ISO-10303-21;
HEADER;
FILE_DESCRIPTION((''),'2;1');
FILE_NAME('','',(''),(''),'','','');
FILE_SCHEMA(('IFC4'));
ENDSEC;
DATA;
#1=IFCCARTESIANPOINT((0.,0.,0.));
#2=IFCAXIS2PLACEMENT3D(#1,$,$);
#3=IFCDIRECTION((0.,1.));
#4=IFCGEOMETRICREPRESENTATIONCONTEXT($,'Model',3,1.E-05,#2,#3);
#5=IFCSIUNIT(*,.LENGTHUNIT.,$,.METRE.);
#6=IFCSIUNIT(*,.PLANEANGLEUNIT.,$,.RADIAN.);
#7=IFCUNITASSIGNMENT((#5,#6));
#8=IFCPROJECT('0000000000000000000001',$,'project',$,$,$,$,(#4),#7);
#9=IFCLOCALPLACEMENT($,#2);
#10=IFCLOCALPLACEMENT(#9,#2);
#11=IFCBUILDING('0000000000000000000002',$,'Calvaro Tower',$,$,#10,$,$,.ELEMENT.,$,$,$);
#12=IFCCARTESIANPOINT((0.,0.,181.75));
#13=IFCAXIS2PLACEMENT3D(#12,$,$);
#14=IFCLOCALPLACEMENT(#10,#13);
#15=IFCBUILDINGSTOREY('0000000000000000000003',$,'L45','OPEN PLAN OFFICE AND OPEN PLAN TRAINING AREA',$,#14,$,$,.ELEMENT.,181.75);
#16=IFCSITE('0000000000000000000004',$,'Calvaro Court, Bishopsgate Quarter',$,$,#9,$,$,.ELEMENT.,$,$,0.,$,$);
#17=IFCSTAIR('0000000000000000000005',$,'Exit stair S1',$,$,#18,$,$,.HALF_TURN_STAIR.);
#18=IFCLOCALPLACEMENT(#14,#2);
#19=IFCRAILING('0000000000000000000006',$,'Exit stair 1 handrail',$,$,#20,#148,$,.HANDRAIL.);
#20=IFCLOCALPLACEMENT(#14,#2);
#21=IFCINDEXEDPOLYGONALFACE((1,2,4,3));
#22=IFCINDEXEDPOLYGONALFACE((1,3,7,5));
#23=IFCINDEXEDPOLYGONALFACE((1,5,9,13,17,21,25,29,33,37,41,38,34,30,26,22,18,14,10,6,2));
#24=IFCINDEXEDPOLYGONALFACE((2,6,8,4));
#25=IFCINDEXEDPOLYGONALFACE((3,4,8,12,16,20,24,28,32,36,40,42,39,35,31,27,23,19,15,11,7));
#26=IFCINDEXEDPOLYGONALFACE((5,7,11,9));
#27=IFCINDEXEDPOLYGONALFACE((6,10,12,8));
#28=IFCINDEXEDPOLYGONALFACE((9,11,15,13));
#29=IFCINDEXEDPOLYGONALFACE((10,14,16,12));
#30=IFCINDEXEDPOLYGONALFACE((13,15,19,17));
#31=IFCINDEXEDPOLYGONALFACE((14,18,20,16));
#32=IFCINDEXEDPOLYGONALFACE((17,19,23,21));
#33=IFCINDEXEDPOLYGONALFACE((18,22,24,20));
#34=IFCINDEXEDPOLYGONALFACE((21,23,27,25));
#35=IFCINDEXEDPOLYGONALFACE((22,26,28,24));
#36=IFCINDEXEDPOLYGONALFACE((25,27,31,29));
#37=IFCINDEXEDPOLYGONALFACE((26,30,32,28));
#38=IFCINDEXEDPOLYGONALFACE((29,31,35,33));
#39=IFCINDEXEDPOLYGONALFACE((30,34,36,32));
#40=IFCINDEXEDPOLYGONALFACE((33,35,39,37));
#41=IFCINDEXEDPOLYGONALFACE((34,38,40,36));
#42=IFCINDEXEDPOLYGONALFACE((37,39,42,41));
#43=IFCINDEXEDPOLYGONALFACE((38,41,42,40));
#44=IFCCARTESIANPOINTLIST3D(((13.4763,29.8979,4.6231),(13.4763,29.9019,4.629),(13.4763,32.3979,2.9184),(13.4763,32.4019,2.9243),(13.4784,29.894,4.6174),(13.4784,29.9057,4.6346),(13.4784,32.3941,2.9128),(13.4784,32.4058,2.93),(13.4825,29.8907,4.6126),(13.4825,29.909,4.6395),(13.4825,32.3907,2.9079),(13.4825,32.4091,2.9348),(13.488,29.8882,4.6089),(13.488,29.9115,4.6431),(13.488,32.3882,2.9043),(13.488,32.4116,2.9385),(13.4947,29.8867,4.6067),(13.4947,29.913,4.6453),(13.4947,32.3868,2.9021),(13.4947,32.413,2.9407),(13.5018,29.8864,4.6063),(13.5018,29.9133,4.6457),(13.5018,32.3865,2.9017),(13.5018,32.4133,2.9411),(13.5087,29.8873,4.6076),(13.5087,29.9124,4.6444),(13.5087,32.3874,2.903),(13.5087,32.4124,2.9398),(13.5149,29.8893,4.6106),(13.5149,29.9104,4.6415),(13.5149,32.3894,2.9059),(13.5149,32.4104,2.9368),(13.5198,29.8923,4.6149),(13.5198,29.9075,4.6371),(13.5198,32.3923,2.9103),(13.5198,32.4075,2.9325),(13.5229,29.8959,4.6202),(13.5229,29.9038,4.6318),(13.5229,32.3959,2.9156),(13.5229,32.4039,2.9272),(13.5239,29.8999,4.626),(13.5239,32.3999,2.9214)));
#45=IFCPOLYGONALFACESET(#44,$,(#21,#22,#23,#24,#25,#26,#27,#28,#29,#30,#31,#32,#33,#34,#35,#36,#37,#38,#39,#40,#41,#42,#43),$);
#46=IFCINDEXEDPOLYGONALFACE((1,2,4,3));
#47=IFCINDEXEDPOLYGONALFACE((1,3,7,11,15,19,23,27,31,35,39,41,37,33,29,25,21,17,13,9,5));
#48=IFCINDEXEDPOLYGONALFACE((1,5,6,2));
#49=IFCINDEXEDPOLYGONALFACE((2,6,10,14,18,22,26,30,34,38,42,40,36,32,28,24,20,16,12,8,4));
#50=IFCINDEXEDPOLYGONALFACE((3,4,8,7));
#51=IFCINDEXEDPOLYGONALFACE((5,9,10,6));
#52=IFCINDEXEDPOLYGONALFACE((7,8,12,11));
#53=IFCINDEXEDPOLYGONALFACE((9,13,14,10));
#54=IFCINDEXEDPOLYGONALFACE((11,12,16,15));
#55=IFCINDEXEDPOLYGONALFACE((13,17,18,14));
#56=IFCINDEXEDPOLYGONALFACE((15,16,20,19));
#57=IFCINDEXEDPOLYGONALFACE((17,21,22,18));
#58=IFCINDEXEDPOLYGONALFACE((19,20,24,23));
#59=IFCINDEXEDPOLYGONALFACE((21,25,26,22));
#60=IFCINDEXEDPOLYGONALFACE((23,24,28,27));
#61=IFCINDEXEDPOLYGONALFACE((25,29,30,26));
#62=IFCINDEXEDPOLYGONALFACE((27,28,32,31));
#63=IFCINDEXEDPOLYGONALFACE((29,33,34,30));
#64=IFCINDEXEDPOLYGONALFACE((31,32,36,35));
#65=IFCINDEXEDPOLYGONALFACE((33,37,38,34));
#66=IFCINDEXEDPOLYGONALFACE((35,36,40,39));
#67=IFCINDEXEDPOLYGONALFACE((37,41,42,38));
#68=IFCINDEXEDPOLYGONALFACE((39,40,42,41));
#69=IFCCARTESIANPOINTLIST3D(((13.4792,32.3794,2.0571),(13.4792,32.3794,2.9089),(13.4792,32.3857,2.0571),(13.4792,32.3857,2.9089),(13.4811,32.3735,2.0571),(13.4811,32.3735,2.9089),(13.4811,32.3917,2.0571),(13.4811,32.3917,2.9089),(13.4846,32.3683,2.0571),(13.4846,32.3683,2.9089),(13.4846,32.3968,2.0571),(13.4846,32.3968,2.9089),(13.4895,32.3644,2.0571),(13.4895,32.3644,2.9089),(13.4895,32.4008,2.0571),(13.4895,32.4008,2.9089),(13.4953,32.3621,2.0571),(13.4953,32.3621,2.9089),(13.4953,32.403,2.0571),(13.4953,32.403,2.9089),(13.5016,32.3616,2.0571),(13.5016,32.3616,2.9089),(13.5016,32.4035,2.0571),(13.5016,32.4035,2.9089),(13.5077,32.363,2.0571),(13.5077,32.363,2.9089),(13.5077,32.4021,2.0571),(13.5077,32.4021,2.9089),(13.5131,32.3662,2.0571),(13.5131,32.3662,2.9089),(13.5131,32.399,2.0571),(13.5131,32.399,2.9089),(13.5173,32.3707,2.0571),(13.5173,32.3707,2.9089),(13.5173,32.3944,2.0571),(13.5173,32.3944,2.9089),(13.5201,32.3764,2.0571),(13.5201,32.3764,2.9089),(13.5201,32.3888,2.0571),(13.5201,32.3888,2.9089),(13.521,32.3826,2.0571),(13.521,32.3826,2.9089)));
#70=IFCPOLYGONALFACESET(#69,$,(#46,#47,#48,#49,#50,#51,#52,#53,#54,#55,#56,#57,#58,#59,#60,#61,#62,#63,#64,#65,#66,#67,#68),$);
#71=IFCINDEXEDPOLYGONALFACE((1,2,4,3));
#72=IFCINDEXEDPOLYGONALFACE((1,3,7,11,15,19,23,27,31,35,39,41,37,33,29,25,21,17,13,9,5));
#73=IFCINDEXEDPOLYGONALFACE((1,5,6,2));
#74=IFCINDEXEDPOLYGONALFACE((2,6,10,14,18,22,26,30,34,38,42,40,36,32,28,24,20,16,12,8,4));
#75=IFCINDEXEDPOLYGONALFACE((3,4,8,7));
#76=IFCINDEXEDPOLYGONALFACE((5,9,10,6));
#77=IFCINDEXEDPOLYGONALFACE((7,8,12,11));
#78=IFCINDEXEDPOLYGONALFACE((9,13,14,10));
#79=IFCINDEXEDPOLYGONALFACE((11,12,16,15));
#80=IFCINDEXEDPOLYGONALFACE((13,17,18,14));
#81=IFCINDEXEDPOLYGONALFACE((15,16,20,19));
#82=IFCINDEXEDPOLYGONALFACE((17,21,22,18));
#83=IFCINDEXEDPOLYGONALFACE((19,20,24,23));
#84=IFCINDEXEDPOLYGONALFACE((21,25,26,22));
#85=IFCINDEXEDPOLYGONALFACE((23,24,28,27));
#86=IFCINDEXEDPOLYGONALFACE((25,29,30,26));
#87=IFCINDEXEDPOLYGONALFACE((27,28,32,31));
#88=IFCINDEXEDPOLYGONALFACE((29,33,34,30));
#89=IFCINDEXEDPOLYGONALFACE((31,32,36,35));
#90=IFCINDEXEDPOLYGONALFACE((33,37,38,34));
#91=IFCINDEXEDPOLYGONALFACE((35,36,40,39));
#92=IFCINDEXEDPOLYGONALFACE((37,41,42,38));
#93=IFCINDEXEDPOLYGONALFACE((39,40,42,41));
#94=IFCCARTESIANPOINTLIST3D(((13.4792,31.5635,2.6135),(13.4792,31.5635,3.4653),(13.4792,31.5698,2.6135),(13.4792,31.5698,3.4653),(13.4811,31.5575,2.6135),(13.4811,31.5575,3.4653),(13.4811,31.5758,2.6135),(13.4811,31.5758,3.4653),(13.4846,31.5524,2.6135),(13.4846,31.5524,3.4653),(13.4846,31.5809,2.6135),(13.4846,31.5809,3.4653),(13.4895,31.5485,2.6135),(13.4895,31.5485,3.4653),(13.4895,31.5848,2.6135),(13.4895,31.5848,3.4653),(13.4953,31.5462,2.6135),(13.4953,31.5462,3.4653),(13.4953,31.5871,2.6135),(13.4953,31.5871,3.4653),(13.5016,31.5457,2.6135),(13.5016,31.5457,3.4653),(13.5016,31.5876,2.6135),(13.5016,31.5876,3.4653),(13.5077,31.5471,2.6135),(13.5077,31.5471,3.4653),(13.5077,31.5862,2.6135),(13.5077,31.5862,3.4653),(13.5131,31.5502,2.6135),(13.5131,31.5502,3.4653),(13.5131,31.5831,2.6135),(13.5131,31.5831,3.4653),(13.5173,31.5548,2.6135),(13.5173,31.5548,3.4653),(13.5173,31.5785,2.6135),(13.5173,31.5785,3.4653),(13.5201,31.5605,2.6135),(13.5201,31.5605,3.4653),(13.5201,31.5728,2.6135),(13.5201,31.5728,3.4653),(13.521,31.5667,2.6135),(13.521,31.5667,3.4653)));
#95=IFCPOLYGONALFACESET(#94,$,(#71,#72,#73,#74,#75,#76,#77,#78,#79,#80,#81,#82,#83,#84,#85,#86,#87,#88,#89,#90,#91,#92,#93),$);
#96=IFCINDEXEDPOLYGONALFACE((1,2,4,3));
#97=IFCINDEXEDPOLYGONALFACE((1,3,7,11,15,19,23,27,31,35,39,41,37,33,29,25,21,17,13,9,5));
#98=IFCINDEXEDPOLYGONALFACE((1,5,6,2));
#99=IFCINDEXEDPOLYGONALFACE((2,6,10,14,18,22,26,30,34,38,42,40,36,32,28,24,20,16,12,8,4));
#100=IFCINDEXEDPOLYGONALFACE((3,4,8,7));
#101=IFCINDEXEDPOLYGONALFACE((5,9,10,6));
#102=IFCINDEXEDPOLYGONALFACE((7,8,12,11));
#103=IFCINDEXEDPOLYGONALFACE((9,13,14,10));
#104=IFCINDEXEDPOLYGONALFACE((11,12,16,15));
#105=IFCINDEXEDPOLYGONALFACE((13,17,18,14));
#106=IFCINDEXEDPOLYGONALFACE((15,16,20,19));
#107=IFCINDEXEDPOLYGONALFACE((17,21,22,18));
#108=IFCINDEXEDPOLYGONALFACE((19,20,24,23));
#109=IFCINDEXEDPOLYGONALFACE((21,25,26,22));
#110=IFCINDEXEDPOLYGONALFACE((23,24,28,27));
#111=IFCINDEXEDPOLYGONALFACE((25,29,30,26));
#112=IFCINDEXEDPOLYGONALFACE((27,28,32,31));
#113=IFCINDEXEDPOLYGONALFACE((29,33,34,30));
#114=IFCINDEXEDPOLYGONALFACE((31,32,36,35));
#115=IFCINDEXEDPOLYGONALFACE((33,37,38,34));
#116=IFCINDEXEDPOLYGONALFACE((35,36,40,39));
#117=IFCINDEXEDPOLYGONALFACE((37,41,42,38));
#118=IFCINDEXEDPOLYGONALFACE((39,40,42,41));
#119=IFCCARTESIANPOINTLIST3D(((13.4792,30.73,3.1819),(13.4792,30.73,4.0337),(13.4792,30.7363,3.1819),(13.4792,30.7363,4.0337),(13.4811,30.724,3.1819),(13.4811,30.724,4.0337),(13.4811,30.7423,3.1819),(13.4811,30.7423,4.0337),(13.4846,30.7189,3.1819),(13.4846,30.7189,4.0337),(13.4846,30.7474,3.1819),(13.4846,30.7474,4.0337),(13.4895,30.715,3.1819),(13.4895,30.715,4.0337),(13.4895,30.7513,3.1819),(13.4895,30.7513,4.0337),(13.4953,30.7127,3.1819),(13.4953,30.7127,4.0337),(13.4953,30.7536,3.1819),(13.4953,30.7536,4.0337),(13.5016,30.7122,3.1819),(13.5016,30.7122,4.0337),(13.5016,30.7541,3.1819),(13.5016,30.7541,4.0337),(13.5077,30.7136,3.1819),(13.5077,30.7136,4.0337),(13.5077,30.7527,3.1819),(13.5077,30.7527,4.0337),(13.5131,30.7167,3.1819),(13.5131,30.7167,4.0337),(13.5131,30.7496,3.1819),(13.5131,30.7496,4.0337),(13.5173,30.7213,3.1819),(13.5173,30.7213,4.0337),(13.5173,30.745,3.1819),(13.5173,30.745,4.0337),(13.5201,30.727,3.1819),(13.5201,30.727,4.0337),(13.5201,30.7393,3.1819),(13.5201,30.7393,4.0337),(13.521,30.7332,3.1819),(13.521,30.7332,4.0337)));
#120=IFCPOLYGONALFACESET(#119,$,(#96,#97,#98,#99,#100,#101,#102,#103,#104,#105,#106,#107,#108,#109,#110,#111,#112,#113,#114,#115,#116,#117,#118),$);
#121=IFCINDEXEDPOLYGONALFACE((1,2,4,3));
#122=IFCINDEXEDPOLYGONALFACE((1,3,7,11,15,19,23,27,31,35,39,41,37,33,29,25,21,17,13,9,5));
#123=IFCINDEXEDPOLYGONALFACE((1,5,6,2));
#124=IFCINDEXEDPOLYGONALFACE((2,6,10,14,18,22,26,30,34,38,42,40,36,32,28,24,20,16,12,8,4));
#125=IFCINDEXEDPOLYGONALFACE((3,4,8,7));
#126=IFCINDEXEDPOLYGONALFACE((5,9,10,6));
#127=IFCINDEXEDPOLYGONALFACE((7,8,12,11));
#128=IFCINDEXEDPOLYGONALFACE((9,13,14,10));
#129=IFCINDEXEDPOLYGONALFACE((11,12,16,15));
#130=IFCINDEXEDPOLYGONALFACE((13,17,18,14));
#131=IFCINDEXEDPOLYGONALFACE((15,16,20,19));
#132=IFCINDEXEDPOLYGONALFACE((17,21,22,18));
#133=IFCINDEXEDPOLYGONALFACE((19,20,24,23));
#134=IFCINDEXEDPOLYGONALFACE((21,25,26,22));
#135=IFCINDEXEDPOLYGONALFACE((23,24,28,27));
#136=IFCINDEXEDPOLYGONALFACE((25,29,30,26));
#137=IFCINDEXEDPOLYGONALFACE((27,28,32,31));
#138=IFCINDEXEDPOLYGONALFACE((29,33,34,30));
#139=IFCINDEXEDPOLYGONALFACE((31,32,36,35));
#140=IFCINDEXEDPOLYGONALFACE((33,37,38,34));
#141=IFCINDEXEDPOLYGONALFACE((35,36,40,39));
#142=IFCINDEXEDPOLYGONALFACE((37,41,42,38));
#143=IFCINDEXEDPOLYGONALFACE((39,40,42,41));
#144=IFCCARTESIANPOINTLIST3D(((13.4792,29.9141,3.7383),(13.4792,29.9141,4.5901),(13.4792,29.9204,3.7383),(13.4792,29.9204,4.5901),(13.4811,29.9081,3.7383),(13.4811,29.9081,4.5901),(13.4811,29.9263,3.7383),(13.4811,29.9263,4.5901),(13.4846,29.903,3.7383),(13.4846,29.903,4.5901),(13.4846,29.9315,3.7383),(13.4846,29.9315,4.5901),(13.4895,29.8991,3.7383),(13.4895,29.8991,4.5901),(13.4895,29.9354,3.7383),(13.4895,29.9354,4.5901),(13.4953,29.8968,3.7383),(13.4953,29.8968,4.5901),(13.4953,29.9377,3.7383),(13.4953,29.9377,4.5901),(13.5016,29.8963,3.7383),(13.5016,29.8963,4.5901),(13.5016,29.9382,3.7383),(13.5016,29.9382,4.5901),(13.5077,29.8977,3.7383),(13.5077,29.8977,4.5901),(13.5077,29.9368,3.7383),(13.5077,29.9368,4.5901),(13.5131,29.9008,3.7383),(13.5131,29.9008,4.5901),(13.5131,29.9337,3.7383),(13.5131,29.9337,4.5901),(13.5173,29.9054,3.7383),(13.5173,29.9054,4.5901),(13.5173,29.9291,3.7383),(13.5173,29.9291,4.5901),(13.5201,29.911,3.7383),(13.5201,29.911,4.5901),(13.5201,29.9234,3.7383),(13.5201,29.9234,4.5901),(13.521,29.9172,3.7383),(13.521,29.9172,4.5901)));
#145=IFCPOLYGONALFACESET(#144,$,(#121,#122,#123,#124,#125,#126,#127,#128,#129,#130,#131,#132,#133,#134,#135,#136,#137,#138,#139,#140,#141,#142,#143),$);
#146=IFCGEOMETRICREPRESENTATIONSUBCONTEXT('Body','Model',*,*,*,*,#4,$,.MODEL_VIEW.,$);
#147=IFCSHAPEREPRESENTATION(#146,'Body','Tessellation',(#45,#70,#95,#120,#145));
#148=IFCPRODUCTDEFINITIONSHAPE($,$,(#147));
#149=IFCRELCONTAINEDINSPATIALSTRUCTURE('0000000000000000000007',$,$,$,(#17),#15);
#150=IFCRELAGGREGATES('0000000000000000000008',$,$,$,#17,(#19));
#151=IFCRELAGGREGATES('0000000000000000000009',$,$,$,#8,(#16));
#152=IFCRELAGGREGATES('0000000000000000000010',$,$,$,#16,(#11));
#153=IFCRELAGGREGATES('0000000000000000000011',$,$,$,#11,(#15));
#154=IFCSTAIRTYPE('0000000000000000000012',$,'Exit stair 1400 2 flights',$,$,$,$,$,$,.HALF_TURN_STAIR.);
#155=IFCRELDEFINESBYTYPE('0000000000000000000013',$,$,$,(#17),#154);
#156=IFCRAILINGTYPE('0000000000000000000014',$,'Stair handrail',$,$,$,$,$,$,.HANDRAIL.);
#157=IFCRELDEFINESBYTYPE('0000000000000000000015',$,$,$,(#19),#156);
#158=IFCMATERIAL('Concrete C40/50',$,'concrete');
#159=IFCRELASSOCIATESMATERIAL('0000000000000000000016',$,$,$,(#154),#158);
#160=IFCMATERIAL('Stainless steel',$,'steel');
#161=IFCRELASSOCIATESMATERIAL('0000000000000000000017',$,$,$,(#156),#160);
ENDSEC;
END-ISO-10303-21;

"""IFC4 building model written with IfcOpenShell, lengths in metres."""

from ifc_helpers import new_model, si_unit, direction, frame, origin, origin_2d, place, context, subcontext, project, spatial, circle, extrude, material, type_object, element, aggregate, save


model = new_model("IFC4")

# Units and contexts
model_context = context("Model", 3, precision=1e-05, world=origin(), true_north=direction((0.0, 1.0)))
body_context = subcontext(model_context, "Body", "Model", "MODEL_VIEW")
ifc_project = project(units=[si_unit("LENGTHUNIT", "METRE"), si_unit("PLANEANGLEUNIT", "RADIAN")], contexts=[model_context])

# Site, building, storey
site_placement = place(None, origin())
site = spatial("IfcSite", under=ifc_project, at=site_placement, Name="Calvaro Court, Bishopsgate Quarter", CompositionType="ELEMENT", RefElevation=0.0)
building_placement = place(site_placement, origin())
building = spatial("IfcBuilding", under=site, at=building_placement, Name="Calvaro Tower", CompositionType="ELEMENT")
storey_placement = place(building_placement, frame((0.0, 0.0, 181.75)))
storey = spatial("IfcBuildingStorey", under=building, at=storey_placement, Name="L45", Description="OPEN PLAN OFFICE AND OPEN PLAN TRAINING AREA", CompositionType="ELEMENT", Elevation=181.75)

# Shared definitions
ifc_material_1 = material(Name="Concrete C40/50", Category="concrete")
stair_type = type_object("IfcStairType", Name="Exit stair 1400 2 flights", PredefinedType="HALF_TURN_STAIR", material=ifc_material_1)

# Stair, railing
stair_1_placement = place(storey_placement, origin())
stair_1 = element("IfcStair", 1, at=stair_1_placement, inside=storey, type_object=stair_type, Name="Exit stair S1", PredefinedType="HALF_TURN_STAIR")
ifc_material_2 = material(Name="Stainless steel", Category="steel")
railing_type = type_object("IfcRailingType", Name="Stair handrail", PredefinedType="HANDRAIL", material=ifc_material_2)
railing_1_placement = place(storey_placement, frame((13.5, 32.3999, 2.0454)))
railing_1 = element("IfcRailing", 2, at=railing_1_placement, type_object=railing_type, Name="Exit stair 1 handrail", PredefinedType="HANDRAIL", context=body_context, shape_type="SweptSolid", body=[
    extrude(circle(Radius=0.0239, at=origin_2d()), frame((0.0, 0.0, 0.876), z_axis=(0.0, -0.826221, 0.563347), x_axis=(1.0, 0.0, 0.0)), (0.0, 0.0, 1.0), 3.0259),
    extrude(circle(Radius=0.021, at=origin_2d()), frame((0.0, -0.0173, 0.0117)), (0.0, 0.0, 1.0), 0.8518),
    extrude(circle(Radius=0.021, at=origin_2d()), frame((0.0, -0.8333, 0.5681)), (0.0, 0.0, 1.0), 0.8518),
    extrude(circle(Radius=0.021, at=origin_2d()), frame((0.0, -1.6667, 1.1365)), (0.0, 0.0, 1.0), 0.8518),
    extrude(circle(Radius=0.021, at=origin_2d()), frame((0.0, -2.4827, 1.6929)), (0.0, 0.0, 1.0), 0.8518),
])
aggregate(stair_1, [railing_1])

save(model, "model.ifc")
